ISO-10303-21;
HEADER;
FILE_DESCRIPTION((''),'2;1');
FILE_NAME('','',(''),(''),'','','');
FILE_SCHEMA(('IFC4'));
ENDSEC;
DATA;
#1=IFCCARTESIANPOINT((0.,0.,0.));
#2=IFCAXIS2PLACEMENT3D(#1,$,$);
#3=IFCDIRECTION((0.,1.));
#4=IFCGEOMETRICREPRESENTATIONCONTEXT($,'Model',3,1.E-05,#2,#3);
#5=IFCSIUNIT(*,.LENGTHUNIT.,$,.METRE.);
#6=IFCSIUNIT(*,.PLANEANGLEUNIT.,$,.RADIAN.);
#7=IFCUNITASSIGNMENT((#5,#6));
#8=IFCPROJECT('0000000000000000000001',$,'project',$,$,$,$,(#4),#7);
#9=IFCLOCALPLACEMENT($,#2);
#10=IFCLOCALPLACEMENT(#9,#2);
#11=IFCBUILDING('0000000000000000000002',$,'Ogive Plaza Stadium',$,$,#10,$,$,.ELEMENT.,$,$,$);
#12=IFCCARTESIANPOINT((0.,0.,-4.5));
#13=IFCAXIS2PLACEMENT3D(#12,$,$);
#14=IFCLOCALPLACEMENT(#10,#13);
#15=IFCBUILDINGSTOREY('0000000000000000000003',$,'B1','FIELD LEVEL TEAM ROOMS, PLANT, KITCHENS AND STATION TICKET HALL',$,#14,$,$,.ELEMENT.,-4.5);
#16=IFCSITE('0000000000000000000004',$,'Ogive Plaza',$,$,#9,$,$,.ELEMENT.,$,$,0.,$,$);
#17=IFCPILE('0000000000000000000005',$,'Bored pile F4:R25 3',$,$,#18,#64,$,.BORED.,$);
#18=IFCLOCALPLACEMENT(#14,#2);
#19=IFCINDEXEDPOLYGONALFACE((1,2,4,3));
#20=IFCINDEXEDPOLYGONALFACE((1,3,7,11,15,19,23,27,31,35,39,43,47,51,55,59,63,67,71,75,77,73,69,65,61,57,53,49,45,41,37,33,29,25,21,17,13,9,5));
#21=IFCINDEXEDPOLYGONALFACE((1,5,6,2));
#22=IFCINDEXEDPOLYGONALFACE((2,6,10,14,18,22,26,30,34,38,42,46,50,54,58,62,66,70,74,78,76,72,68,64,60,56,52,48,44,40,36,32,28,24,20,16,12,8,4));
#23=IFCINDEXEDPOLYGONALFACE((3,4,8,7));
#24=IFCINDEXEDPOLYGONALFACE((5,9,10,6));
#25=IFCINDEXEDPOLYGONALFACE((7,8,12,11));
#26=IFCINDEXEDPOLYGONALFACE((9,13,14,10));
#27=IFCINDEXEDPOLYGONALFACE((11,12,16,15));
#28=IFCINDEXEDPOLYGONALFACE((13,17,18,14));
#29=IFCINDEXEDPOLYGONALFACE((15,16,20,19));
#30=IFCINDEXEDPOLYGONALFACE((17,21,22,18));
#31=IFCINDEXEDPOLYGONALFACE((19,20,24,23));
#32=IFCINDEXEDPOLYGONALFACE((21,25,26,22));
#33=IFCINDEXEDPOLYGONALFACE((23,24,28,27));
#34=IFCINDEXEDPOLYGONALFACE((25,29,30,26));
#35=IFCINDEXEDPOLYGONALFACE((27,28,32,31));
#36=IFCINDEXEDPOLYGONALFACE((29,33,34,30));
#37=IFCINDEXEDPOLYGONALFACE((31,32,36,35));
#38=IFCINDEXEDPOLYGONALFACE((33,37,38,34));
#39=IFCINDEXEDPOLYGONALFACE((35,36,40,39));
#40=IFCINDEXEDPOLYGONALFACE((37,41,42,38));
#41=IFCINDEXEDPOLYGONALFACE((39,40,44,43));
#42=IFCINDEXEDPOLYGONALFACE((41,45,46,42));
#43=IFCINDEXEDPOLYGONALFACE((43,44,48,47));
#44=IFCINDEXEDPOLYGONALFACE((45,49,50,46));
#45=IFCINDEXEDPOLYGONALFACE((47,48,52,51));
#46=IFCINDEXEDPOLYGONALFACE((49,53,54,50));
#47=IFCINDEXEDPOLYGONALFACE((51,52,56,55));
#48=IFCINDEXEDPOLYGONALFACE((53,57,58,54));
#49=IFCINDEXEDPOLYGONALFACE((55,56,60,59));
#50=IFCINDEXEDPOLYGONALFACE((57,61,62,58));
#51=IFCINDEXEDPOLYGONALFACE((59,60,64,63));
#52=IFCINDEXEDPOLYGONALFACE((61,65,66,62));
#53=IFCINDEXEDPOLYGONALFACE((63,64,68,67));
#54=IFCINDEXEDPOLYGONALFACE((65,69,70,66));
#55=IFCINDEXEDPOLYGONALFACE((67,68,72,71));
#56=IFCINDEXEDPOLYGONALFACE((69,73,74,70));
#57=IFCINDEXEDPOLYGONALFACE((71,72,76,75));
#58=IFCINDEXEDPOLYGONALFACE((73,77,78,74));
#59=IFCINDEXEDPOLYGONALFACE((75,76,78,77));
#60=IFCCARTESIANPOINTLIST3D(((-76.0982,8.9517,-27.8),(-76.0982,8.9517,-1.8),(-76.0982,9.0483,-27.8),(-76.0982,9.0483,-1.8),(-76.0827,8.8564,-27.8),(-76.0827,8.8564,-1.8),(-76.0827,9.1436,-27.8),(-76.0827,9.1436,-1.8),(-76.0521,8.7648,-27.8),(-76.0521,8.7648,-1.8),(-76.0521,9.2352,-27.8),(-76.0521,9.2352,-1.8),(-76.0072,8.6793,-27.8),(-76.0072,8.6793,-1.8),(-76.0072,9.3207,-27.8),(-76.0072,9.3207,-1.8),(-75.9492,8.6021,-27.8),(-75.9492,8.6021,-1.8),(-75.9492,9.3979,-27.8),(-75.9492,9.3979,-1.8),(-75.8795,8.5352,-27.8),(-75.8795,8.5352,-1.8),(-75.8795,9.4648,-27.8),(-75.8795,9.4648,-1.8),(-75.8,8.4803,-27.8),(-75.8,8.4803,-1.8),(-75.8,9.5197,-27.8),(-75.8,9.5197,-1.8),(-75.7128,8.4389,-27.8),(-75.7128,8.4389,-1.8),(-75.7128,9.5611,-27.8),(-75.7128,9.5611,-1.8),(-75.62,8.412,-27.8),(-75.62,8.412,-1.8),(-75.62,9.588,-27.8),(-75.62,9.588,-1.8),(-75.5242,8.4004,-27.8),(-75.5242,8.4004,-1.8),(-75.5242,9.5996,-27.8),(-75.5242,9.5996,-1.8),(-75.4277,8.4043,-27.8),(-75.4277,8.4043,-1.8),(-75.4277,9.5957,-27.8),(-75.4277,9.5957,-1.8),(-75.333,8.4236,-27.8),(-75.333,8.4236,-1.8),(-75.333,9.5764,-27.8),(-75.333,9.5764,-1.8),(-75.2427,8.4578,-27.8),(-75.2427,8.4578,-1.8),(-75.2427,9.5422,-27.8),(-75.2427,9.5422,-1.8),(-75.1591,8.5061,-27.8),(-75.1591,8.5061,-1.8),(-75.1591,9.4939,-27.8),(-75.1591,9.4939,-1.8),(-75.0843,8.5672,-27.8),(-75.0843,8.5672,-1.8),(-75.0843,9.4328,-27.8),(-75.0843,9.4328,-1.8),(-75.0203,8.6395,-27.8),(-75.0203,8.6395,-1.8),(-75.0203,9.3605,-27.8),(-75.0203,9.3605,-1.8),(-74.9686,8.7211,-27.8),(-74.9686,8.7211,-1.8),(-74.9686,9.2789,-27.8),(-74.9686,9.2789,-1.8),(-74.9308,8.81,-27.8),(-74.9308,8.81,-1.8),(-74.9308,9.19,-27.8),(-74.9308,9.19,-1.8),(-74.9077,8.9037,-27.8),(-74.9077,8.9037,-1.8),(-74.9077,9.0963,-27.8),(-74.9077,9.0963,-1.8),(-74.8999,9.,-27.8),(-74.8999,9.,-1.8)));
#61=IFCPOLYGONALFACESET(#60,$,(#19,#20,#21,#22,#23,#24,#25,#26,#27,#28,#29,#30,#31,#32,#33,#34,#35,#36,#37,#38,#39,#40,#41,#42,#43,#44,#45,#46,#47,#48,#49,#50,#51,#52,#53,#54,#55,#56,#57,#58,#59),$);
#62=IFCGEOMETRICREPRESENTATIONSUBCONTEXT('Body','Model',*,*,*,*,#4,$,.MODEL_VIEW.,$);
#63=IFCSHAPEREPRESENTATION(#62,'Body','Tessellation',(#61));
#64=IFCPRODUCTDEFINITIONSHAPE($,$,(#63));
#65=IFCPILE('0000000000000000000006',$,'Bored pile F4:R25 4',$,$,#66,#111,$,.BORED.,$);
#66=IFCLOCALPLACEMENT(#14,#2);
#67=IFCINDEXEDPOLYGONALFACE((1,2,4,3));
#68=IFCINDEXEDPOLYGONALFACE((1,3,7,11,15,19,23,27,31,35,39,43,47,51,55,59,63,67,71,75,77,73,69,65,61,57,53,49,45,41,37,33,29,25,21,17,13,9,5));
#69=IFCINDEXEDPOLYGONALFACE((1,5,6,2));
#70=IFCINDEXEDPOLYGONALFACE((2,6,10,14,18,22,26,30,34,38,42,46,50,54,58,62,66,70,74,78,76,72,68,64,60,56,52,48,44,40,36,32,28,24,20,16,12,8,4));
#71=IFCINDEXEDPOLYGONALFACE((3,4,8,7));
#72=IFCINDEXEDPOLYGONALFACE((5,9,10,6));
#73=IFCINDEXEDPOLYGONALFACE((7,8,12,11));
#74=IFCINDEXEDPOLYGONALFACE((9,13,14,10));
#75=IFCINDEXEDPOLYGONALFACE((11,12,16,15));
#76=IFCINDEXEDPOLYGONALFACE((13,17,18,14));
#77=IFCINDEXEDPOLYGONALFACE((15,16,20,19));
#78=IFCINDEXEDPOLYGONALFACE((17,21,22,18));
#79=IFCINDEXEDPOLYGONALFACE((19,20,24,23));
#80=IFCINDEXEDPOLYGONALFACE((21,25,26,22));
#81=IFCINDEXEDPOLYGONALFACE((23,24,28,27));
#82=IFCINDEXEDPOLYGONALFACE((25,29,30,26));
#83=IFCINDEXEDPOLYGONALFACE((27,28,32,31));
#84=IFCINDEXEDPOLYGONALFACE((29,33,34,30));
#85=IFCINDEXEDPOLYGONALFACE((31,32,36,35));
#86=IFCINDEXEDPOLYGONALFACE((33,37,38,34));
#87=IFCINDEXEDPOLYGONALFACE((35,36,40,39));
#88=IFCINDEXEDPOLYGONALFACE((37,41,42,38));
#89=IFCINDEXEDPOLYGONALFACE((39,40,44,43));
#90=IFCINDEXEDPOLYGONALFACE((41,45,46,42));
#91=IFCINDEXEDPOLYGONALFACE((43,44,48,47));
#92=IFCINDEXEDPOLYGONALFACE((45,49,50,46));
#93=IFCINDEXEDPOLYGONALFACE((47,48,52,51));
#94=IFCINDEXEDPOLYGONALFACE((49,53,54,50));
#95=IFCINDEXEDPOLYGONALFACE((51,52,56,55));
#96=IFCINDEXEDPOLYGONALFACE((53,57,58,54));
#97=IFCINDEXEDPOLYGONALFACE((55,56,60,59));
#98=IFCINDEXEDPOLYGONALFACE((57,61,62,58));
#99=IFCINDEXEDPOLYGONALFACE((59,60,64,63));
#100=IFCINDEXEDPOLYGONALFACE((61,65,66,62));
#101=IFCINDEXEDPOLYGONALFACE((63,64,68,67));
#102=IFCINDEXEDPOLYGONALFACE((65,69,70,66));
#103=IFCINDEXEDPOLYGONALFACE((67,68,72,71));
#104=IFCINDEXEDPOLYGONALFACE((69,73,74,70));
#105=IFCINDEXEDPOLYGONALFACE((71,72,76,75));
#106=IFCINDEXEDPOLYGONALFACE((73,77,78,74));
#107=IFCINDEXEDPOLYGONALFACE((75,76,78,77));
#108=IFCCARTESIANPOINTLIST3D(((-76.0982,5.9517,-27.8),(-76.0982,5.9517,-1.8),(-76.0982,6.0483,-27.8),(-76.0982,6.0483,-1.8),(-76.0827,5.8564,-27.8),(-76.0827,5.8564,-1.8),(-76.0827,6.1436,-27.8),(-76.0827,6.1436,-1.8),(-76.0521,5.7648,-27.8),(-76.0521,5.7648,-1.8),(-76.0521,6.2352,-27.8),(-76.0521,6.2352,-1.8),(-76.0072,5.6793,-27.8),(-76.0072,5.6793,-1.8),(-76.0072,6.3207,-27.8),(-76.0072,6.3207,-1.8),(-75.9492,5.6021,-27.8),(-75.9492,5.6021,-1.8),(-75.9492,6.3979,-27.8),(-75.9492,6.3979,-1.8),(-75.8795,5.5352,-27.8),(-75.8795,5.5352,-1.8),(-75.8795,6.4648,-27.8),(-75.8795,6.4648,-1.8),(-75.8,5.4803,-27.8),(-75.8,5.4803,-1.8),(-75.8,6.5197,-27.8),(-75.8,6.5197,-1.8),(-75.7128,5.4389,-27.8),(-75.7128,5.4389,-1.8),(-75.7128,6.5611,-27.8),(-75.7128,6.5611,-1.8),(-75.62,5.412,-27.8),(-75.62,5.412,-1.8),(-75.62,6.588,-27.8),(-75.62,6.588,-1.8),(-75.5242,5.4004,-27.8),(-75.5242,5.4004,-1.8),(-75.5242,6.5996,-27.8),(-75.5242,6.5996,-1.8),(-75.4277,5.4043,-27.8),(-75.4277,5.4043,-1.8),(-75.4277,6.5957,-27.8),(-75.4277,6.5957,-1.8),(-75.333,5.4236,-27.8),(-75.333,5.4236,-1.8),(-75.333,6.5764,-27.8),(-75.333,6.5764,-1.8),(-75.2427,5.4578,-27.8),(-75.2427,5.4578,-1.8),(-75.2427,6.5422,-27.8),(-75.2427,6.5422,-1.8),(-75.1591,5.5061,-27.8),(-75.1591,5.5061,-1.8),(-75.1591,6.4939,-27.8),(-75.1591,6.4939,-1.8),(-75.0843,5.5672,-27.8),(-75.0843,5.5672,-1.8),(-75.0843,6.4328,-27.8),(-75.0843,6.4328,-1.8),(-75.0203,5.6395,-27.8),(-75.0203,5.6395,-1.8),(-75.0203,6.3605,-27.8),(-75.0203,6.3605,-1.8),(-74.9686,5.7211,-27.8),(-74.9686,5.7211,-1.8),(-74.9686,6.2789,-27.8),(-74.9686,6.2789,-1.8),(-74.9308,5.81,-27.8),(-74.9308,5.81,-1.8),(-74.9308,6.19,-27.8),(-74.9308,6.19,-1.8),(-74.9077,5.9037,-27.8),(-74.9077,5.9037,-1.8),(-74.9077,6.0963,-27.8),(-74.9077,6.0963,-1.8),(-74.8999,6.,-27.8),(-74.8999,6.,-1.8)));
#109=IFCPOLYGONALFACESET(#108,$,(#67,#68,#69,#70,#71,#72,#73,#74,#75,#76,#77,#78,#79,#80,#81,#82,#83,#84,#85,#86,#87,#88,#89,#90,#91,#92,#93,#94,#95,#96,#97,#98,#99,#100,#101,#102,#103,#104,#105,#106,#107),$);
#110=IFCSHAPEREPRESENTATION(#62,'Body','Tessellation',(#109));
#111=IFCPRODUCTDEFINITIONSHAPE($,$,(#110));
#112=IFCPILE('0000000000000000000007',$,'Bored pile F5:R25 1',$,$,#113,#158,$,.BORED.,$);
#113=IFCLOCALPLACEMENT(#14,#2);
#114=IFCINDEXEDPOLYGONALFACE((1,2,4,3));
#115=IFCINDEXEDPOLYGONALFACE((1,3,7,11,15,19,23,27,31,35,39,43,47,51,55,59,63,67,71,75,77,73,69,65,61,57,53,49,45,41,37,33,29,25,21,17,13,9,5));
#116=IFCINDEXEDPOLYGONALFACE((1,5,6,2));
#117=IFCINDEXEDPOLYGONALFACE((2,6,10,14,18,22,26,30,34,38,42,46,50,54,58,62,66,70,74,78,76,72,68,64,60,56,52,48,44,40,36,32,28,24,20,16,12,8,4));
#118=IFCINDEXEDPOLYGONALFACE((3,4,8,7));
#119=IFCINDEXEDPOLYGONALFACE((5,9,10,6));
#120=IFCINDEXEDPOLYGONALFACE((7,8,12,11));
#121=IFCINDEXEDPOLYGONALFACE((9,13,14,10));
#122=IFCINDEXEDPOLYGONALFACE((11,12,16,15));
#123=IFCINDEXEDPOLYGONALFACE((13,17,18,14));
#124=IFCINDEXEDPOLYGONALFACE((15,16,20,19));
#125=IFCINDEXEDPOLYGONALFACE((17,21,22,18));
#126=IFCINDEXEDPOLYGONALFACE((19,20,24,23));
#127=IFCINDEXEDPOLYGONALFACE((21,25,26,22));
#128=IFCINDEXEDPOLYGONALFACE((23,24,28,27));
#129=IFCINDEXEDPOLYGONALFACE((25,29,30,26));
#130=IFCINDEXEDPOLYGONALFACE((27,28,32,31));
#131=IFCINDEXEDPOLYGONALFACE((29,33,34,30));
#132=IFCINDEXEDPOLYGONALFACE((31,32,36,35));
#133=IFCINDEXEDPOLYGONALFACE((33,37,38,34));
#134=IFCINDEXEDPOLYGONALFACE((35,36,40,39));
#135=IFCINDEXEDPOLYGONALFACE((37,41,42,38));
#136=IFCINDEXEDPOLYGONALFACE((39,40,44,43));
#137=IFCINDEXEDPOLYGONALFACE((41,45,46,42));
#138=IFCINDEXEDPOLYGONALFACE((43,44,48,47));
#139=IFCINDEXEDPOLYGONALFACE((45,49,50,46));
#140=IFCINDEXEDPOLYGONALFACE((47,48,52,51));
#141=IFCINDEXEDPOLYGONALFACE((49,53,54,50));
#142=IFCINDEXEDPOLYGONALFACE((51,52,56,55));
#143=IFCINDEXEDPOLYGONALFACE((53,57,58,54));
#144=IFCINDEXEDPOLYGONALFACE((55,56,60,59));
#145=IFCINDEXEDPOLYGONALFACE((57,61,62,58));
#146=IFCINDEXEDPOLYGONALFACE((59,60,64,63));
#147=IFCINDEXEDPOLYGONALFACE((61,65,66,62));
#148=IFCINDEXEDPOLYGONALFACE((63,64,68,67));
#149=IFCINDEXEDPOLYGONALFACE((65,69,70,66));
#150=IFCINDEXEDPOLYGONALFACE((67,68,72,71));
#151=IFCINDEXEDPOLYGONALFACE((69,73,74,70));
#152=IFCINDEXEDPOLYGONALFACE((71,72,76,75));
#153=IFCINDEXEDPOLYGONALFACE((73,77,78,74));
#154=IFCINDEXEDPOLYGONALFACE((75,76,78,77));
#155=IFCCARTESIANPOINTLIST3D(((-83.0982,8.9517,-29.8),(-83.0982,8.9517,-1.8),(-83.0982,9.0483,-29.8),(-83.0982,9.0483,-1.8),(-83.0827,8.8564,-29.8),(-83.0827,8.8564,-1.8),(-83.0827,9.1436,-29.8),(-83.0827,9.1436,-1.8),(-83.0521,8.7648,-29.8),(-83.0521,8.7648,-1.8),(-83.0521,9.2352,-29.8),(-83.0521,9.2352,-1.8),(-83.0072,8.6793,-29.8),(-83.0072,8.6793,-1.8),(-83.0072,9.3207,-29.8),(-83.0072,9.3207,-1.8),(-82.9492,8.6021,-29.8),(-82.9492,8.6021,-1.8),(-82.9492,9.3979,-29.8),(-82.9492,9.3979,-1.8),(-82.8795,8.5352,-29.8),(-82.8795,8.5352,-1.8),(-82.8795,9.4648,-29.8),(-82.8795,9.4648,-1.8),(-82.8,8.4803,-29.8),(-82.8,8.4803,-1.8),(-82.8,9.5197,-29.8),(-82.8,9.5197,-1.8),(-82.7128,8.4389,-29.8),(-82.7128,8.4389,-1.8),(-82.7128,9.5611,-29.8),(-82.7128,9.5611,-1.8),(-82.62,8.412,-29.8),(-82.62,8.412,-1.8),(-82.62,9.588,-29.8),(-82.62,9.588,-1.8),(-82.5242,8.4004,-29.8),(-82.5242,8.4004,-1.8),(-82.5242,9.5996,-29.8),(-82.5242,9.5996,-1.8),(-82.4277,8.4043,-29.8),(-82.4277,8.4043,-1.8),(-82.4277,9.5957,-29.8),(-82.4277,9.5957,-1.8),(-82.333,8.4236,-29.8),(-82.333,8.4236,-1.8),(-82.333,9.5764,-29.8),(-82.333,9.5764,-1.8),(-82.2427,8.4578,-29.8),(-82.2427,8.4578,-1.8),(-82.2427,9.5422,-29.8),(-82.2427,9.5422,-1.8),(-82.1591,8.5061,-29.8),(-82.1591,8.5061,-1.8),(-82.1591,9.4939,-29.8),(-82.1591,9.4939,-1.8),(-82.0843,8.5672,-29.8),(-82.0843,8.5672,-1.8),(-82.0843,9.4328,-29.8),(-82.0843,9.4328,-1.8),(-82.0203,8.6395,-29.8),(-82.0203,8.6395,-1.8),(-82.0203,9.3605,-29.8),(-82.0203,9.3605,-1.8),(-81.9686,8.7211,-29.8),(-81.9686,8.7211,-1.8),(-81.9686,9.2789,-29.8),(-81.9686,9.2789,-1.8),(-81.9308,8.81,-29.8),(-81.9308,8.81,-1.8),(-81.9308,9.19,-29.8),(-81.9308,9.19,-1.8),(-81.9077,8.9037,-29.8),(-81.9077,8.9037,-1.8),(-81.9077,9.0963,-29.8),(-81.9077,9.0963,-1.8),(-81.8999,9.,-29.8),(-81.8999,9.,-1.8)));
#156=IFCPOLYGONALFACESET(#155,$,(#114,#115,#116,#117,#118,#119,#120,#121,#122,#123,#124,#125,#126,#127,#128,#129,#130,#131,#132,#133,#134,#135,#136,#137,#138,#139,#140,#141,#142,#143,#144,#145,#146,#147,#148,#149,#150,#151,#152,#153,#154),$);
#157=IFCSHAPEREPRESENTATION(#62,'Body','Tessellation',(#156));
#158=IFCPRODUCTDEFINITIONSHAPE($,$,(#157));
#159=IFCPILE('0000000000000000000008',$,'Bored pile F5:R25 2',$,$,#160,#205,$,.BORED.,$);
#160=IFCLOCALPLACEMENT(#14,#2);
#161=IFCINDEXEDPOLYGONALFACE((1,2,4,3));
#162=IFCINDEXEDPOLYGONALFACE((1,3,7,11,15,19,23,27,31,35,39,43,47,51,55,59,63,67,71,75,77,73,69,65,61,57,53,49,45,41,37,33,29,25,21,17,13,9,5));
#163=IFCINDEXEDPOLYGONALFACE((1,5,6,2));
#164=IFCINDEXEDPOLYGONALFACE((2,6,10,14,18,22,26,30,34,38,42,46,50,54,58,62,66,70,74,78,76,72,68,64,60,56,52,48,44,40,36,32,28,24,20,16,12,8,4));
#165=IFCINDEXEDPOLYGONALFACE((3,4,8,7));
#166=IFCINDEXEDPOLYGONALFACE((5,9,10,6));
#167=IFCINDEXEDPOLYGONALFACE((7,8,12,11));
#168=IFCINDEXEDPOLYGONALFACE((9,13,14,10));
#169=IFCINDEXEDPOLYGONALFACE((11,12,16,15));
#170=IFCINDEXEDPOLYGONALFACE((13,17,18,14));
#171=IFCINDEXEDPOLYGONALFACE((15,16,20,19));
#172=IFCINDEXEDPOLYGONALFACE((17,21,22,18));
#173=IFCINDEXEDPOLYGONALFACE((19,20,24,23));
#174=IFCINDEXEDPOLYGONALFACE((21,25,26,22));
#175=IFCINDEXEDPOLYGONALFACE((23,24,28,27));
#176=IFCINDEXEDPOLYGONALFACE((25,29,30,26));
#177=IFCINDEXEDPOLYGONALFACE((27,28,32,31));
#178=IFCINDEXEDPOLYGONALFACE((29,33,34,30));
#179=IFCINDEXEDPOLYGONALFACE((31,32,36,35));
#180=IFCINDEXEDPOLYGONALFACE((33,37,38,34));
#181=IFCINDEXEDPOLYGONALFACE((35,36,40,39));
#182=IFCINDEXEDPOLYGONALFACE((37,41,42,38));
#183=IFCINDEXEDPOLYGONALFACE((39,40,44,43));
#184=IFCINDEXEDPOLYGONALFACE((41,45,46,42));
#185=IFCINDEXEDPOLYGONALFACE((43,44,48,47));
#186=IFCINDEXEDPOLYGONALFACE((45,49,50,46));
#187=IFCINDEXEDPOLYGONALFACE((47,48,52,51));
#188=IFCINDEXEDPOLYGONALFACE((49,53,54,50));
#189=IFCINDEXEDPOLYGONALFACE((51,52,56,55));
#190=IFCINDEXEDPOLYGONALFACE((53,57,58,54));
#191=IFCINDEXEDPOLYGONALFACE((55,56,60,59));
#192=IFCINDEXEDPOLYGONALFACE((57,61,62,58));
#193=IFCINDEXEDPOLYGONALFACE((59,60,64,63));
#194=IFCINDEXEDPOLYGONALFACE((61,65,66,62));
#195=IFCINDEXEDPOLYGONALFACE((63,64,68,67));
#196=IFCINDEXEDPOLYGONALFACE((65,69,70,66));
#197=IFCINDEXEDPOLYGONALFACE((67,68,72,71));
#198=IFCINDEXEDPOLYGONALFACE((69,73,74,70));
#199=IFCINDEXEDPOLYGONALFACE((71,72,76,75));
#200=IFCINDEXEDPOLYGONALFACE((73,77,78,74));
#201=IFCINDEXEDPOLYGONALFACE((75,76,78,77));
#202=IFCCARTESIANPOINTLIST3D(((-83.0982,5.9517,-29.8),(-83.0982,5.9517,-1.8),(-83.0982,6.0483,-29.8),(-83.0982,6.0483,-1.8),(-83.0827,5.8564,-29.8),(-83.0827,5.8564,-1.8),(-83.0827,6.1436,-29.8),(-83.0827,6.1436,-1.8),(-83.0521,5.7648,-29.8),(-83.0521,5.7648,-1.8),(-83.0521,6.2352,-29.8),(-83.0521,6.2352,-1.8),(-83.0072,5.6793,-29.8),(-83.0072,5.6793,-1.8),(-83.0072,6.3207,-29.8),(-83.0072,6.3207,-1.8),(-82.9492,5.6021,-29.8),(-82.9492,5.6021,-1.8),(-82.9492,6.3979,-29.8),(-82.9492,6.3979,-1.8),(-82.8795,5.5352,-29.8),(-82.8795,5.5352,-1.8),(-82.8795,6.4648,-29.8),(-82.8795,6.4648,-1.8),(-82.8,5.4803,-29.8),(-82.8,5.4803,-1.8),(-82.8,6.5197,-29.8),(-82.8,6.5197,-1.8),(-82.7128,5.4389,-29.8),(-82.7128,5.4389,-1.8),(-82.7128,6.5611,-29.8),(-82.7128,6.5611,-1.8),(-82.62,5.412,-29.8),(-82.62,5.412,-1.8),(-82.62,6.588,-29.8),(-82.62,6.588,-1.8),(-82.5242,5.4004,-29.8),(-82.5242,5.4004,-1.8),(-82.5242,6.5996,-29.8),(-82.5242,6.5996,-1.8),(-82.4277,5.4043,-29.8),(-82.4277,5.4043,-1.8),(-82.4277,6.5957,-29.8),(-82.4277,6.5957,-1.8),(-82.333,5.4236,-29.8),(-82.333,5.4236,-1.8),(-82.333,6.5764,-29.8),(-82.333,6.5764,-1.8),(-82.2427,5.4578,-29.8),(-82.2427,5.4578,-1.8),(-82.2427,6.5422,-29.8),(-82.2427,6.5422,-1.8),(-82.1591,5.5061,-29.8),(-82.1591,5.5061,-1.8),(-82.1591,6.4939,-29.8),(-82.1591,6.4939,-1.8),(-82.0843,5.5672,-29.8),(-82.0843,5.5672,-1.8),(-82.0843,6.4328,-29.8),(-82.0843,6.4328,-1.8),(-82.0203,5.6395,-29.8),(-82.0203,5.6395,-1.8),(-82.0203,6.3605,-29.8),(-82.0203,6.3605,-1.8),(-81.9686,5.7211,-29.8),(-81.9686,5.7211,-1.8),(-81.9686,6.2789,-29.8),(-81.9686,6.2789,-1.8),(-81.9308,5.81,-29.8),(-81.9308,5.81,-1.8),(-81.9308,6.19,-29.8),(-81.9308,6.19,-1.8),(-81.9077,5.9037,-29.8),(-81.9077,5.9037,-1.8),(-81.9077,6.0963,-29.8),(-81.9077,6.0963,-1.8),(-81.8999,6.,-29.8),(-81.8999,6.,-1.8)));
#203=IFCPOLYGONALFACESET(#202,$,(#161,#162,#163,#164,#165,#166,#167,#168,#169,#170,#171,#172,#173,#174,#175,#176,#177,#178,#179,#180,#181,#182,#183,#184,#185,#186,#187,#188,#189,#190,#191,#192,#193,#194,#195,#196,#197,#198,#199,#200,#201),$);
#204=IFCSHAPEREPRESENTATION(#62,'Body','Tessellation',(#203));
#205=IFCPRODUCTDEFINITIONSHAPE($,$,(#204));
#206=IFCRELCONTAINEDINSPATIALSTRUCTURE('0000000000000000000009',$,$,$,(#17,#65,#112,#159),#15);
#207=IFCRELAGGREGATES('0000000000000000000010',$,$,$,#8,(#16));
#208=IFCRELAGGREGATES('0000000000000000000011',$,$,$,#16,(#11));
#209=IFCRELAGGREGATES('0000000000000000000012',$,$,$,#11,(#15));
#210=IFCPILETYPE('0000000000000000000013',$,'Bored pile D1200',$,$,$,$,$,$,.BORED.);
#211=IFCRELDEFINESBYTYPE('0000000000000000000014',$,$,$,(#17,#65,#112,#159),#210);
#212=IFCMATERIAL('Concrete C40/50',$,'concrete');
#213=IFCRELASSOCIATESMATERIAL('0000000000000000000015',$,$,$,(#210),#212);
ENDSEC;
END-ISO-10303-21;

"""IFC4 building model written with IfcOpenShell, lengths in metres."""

from ifc_helpers import new_model, si_unit, direction, frame, origin, origin_2d, place, context, subcontext, project, spatial, circle, extrude, material, material_profile, profile_set, type_object, element, save


model = new_model("IFC4")

# Units and contexts
model_context = context("Model", 3, precision=1e-05, world=origin(), true_north=direction((0.0, 1.0)))
body_context = subcontext(model_context, "Body", "Model", "MODEL_VIEW")
ifc_project = project(units=[si_unit("LENGTHUNIT", "METRE"), si_unit("PLANEANGLEUNIT", "RADIAN")], contexts=[model_context])

# Site, building, storey
site_placement = place(None, origin())
site = spatial("IfcSite", under=ifc_project, at=site_placement, Name="Ogive Plaza", CompositionType="ELEMENT", RefElevation=0.0)
building_placement = place(site_placement, origin())
building = spatial("IfcBuilding", under=site, at=building_placement, Name="Ogive Plaza Stadium", CompositionType="ELEMENT")
storey_placement = place(building_placement, frame((0.0, 0.0, -4.5)))
storey = spatial("IfcBuildingStorey", under=building, at=storey_placement, Name="B1", Description="FIELD LEVEL TEAM ROOMS, PLANT, KITCHENS AND STATION TICKET HALL", CompositionType="ELEMENT", Elevation=-4.5)

# Piles
ifc_material_1 = material(Name="Concrete C40/50", Category="concrete")
ifc_material_profile_1 = material_profile(ifc_material_1, circle(Radius=0.6001, at=origin_2d()), Name="RC D1200")
ifc_profile_set_1 = profile_set([ifc_material_profile_1], Name="Concrete C40/50")
pile_type_1 = type_object("IfcPileType", Name="Bored pile D1200", PredefinedType="BORED", material=ifc_profile_set_1)
for number, where, z_axis, x_axis, name in (
    (1, (-75.5, 9.0, -1.8), (0.0, 0.0, -1.0), (1.0, 0.0, 0.0), "Bored pile F4:R25 3"),
    (2, (-75.5, 6.0, -1.8), (0.0, 0.0, -1.0), (1.0, 0.0, 0.0), "Bored pile F4:R25 4"),
):
    element("IfcPile", number, at=place(storey_placement, frame(where, z_axis=z_axis, x_axis=x_axis)), inside=storey, type_object=pile_type_1, Name=name, PredefinedType="BORED", context=body_context, shape_type="SweptSolid", body=[
        extrude(circle(Radius=0.6001, at=origin_2d()), origin(), (0.0, 0.0, 1.0), 26.0),
    ])
for number, where, z_axis, x_axis, name in (
    (3, (-82.5, 9.0, -1.8), (0.0, 0.0, -1.0), (1.0, 0.0, 0.0), "Bored pile F5:R25 1"),
    (4, (-82.5, 6.0, -1.8), (0.0, 0.0, -1.0), (1.0, 0.0, 0.0), "Bored pile F5:R25 2"),
):
    element("IfcPile", number, at=place(storey_placement, frame(where, z_axis=z_axis, x_axis=x_axis)), inside=storey, type_object=pile_type_1, Name=name, PredefinedType="BORED", context=body_context, shape_type="SweptSolid", body=[
        extrude(circle(Radius=0.6001, at=origin_2d()), origin(), (0.0, 0.0, 1.0), 28.0),
    ])

save(model, "model.ifc")
